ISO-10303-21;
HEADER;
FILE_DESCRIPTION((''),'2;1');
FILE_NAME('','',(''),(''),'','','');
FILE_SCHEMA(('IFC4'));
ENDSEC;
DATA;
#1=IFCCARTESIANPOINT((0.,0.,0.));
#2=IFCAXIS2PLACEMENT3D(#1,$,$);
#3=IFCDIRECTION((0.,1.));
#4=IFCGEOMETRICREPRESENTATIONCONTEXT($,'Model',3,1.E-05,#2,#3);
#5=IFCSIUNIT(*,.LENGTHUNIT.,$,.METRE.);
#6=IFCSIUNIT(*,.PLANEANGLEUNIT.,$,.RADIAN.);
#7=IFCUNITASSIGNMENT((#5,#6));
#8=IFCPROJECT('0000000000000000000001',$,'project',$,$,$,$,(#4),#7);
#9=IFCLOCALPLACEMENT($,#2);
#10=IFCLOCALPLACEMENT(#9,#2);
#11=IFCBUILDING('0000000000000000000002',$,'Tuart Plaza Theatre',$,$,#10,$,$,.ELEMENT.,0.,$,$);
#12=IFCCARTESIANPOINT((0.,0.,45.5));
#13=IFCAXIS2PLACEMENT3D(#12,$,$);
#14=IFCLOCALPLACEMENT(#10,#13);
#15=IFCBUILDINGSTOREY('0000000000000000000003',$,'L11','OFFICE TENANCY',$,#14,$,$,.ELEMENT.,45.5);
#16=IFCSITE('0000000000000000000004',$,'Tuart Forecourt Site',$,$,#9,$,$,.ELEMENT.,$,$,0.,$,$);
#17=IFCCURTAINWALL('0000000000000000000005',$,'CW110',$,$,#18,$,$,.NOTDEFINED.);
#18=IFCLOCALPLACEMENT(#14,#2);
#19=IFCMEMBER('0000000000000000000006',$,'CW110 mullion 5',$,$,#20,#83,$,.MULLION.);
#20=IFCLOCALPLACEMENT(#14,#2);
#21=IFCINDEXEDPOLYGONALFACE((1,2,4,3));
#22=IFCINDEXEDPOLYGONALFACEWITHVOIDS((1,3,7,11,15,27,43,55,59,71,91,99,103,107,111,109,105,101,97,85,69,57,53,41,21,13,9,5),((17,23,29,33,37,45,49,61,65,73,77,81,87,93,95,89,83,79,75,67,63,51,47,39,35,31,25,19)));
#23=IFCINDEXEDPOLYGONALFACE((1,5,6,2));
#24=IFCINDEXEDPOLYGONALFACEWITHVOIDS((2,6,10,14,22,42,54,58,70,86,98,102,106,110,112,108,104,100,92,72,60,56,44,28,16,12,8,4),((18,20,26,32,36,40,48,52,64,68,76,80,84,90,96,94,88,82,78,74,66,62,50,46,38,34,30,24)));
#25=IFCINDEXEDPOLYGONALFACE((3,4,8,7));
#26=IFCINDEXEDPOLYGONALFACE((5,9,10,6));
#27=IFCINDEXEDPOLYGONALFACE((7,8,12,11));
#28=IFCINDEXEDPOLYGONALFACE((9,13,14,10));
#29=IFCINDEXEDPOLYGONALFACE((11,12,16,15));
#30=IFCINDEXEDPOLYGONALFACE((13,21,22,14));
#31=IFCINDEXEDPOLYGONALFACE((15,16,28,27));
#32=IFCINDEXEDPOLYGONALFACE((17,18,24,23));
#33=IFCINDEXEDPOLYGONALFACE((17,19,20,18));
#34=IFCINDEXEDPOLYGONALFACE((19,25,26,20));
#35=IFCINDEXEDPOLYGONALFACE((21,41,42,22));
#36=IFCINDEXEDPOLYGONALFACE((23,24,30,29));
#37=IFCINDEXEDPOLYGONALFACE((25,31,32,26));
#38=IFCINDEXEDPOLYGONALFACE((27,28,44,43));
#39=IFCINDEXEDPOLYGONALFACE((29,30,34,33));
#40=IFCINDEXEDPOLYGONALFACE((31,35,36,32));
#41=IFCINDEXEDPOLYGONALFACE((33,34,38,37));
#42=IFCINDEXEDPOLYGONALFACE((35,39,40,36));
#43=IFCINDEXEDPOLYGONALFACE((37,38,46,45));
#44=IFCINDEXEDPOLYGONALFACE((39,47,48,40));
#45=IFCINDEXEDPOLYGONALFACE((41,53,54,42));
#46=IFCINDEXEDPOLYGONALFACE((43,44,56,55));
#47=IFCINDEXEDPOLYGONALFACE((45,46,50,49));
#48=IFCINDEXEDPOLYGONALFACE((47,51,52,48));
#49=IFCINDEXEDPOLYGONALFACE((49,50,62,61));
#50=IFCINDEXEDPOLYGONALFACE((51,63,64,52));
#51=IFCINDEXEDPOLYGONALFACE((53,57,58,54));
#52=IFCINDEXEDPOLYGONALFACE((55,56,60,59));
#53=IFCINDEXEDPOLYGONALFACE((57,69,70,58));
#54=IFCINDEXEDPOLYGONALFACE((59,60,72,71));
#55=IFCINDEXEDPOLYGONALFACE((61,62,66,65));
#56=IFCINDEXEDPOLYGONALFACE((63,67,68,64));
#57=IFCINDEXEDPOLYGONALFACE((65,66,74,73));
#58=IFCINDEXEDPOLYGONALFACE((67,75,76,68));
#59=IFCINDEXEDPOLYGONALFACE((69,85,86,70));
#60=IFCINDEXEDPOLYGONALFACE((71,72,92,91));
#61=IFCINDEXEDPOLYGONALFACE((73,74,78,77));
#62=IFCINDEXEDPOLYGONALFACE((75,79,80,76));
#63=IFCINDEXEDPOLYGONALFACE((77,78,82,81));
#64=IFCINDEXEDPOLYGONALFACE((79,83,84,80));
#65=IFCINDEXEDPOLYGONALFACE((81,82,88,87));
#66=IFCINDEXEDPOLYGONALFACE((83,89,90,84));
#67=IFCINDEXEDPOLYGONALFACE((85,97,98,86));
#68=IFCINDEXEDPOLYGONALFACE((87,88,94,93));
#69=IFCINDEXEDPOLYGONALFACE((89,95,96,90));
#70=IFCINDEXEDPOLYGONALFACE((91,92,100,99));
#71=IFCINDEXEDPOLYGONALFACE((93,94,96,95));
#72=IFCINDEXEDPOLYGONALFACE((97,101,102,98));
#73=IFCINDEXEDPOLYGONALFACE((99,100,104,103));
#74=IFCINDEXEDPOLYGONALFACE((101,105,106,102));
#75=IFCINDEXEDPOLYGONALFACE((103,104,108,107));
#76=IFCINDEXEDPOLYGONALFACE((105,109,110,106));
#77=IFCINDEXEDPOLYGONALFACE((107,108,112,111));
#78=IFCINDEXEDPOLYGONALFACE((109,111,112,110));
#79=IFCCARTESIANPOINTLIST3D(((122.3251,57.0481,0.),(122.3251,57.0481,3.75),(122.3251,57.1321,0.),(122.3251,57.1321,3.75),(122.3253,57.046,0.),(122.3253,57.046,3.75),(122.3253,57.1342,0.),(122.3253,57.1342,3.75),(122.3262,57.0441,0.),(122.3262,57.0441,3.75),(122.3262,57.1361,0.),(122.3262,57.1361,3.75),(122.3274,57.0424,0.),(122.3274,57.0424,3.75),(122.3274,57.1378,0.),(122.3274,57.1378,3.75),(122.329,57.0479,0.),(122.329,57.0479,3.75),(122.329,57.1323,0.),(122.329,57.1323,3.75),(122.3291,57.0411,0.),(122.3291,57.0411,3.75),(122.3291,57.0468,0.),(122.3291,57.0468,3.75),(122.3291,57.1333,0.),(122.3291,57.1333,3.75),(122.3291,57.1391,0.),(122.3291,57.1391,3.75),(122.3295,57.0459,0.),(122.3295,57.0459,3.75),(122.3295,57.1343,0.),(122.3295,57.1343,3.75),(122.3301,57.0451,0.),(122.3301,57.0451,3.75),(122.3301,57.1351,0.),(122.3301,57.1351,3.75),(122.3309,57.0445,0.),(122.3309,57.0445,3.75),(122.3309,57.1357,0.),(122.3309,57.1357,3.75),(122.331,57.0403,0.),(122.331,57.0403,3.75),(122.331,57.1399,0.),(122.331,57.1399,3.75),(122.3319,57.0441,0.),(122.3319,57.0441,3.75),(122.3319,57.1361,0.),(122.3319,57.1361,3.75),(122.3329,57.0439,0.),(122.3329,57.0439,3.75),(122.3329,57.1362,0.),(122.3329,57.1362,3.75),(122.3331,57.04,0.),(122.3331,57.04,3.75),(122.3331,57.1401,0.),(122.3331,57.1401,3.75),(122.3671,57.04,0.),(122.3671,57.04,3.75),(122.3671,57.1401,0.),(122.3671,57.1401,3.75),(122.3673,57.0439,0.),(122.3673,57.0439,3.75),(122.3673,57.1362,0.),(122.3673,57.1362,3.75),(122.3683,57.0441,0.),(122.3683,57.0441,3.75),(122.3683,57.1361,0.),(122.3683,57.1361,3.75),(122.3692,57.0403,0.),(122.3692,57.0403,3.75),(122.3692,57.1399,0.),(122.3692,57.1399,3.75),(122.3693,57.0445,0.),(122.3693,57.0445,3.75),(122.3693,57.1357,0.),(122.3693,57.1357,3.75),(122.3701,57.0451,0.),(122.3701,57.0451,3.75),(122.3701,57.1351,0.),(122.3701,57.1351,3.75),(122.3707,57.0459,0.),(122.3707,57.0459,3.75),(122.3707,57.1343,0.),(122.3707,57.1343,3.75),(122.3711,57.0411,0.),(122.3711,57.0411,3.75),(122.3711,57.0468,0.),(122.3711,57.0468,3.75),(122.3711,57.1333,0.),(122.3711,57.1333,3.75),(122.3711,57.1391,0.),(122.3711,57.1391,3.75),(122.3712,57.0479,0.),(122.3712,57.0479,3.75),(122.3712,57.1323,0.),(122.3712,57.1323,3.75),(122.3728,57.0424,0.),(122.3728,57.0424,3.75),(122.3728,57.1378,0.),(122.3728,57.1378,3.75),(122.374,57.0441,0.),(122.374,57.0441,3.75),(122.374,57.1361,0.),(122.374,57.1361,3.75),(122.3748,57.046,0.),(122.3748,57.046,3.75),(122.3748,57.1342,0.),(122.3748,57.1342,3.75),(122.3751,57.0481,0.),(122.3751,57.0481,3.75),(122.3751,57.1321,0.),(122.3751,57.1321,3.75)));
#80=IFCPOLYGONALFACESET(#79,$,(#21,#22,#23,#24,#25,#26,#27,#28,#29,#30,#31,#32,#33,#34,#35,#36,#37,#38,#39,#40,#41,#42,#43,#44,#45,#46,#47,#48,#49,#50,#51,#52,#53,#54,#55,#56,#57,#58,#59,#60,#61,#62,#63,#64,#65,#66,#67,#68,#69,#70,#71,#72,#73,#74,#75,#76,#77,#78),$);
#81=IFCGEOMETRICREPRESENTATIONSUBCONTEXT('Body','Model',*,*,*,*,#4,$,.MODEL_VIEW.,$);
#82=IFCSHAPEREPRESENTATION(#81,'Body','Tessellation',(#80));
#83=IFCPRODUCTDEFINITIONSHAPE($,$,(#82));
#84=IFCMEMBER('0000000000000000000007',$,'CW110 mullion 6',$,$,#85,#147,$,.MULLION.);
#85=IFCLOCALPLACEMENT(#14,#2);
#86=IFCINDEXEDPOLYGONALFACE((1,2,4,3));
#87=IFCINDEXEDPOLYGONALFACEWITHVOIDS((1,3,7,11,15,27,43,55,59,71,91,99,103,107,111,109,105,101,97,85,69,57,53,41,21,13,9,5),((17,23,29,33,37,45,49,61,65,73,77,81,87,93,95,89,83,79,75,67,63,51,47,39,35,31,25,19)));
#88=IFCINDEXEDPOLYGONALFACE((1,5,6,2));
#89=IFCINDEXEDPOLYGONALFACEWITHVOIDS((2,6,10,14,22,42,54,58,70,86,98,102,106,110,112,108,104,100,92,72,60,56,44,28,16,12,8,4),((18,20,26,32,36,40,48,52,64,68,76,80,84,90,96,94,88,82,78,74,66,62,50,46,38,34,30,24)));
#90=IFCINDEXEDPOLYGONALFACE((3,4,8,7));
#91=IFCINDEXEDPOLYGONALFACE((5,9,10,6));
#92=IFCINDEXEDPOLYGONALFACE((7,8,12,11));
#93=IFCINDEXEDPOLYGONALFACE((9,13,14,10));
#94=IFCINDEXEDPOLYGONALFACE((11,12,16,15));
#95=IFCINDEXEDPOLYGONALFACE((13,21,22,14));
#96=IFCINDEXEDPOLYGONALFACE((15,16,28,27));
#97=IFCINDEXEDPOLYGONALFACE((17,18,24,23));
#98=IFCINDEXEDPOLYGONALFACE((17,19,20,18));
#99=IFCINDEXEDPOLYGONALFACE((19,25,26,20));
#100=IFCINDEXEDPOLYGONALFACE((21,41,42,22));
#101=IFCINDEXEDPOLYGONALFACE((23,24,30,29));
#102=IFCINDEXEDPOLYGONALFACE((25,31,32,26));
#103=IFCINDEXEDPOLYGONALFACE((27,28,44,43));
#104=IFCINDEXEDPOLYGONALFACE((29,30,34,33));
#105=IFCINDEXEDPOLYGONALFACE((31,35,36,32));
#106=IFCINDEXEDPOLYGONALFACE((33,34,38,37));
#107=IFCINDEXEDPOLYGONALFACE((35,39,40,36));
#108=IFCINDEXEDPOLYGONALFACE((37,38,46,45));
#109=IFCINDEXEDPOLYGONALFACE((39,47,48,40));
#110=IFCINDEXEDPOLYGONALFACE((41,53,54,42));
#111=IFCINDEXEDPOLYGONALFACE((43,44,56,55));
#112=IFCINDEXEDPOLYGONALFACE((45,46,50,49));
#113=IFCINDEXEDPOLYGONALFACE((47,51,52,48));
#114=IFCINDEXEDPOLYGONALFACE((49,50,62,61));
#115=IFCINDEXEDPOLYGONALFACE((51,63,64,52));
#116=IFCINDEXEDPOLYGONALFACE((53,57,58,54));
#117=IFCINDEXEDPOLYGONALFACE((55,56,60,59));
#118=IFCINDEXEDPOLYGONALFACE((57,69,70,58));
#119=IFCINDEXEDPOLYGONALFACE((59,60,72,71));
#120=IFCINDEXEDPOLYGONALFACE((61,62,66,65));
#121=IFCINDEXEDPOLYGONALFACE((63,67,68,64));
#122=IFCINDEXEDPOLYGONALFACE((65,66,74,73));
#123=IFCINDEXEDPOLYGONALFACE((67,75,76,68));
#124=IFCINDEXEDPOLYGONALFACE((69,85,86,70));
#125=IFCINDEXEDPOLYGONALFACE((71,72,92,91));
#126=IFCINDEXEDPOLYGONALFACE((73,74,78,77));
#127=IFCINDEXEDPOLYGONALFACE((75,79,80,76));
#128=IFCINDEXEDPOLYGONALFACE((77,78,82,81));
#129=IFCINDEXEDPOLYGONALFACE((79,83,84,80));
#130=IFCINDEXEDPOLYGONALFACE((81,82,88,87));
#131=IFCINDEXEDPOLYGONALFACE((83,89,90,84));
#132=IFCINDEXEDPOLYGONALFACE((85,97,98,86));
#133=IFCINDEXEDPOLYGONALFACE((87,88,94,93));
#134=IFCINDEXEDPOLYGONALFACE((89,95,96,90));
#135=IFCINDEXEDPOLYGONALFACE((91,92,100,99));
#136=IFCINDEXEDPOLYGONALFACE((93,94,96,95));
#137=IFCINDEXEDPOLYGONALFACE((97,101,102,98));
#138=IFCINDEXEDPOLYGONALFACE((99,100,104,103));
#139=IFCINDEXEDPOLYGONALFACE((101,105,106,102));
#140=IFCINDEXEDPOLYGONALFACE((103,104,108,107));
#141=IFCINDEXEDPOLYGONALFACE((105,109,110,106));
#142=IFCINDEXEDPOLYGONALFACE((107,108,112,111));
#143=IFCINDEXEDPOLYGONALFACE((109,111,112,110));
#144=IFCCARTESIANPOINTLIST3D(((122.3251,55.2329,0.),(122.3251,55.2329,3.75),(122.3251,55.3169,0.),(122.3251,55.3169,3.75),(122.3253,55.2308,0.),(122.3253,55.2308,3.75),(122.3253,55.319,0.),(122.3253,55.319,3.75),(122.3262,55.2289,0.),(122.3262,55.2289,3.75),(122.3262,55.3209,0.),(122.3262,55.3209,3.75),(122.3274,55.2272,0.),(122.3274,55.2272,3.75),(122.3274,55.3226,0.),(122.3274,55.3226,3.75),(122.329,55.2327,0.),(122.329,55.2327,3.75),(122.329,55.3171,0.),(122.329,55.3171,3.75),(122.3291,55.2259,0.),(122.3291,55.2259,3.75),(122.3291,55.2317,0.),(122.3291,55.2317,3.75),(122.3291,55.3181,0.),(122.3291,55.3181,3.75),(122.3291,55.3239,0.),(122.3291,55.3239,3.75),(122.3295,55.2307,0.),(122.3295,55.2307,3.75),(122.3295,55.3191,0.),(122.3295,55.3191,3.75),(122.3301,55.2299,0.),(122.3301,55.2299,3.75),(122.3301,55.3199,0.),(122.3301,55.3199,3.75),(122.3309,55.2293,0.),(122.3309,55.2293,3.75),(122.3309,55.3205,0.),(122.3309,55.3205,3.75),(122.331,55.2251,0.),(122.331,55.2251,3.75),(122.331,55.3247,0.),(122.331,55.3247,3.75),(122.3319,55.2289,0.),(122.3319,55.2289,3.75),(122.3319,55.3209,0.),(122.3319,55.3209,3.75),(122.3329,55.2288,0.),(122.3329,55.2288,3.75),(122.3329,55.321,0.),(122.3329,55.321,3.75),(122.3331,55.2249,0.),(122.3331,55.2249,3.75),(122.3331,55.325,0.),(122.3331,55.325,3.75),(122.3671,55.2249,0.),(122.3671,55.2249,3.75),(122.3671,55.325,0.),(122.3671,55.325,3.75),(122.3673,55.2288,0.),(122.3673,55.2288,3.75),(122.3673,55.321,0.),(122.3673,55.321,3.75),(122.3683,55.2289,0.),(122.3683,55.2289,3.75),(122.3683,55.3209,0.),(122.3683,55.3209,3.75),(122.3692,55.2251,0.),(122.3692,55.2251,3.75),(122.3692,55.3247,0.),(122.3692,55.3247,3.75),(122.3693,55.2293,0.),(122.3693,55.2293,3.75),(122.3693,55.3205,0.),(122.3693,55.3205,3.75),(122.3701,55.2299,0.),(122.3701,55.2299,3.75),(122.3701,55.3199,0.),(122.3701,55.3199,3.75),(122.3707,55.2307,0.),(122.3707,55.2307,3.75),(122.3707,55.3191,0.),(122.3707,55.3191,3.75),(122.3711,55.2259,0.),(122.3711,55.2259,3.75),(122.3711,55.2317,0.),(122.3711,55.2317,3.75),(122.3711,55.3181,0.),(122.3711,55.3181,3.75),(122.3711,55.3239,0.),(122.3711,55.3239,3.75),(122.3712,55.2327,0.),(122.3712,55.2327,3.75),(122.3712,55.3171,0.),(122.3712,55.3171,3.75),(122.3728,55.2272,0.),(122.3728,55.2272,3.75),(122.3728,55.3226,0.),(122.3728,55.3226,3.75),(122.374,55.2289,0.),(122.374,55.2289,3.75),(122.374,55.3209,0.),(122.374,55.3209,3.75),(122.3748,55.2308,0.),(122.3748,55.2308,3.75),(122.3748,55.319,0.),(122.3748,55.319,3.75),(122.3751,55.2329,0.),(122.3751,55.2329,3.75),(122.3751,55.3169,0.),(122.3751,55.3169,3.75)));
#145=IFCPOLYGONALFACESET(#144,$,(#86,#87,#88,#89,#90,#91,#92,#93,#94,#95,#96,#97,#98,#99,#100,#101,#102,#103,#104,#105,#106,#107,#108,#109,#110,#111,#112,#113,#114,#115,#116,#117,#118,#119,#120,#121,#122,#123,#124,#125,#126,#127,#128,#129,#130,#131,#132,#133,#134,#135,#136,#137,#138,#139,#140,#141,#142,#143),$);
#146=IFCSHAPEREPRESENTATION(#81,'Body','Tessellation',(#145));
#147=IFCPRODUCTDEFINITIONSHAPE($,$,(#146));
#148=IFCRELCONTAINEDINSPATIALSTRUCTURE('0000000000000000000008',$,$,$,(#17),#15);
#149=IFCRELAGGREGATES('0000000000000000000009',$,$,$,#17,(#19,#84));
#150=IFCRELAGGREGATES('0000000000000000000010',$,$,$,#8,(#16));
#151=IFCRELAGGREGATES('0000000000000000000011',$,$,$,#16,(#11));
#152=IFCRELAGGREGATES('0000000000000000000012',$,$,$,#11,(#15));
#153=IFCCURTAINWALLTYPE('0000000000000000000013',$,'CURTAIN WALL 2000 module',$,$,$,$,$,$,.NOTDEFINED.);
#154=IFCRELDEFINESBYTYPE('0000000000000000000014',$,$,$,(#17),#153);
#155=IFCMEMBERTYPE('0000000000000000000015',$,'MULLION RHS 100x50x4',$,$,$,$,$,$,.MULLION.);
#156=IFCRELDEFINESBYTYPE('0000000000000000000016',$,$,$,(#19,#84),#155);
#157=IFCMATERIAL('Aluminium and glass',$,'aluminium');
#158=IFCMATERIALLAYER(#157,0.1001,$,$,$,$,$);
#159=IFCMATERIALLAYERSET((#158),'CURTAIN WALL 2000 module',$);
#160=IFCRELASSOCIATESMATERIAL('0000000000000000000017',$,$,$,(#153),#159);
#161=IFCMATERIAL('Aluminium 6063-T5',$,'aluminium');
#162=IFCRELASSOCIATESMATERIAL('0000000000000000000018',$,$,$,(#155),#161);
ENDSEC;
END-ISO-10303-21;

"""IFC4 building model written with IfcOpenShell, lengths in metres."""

from ifc_helpers import new_model, si_unit, direction, frame, origin, origin_2d, place, context, subcontext, project, spatial, hollow_rectangle, extrude, material, layer, layer_set, material_profile, profile_set, type_object, element, aggregate, save


model = new_model("IFC4")

# Units and contexts
model_context = context("Model", 3, precision=1e-05, world=origin(), true_north=direction((0.0, 1.0)))
body_context = subcontext(model_context, "Body", "Model", "MODEL_VIEW")
ifc_project = project(units=[si_unit("LENGTHUNIT", "METRE"), si_unit("PLANEANGLEUNIT", "RADIAN")], contexts=[model_context])

# Site, building, storey
site_placement = place(None, origin())
site = spatial("IfcSite", under=ifc_project, at=site_placement, Name="Tuart Forecourt Site", CompositionType="ELEMENT", RefElevation=0.0)
building_placement = place(site_placement, origin())
building = spatial("IfcBuilding", under=site, at=building_placement, Name="Tuart Plaza Theatre", CompositionType="ELEMENT", ElevationOfRefHeight=0.0)
storey_placement = place(building_placement, frame((0.0, 0.0, 45.5)))
storey = spatial("IfcBuildingStorey", under=building, at=storey_placement, Name="L11", Description="OFFICE TENANCY", CompositionType="ELEMENT", Elevation=45.5)

# Curtain wall, members
ifc_material_1 = material(Name="Aluminium and glass", Category="aluminium")
ifc_layer_1 = layer(ifc_material_1, 0.1001)
ifc_layer_set_1 = layer_set([ifc_layer_1], Name="CURTAIN WALL 2000 module")
curtain_wall_type = type_object("IfcCurtainWallType", Name="CURTAIN WALL 2000 module", PredefinedType="NOTDEFINED", material=ifc_layer_set_1)
curtain_wall_placement = place(storey_placement, origin())
curtain_wall = element("IfcCurtainWall", 1, at=curtain_wall_placement, inside=storey, type_object=curtain_wall_type, Name="CW110", PredefinedType="NOTDEFINED")
ifc_material_2 = material(Name="Aluminium 6063-T5", Category="aluminium")
ifc_material_profile_1 = material_profile(ifc_material_2, hollow_rectangle(XDim=0.05, YDim=0.1001, WallThickness=0.0039, InnerFilletRadius=0.0039, OuterFilletRadius=0.0081, at=origin_2d()), Name="RHS 100x50x4")
ifc_profile_set_1 = profile_set([ifc_material_profile_1], Name="Aluminium 6063-T5")
member_type_1 = type_object("IfcMemberType", Name="MULLION RHS 100x50x4", PredefinedType="MULLION", material=ifc_profile_set_1)
member_1_placement = place(storey_placement, frame((122.3501, 57.0901, 0.0), z_axis=(0.0, 0.0, 1.0), x_axis=(1.0, 0.0, 0.0)))
member_1 = element("IfcMember", 2, at=member_1_placement, type_object=member_type_1, Name="CW110 mullion 5", PredefinedType="MULLION", context=body_context, shape_type="SweptSolid", body=[
    extrude(hollow_rectangle(XDim=0.05, YDim=0.1001, WallThickness=0.0039, InnerFilletRadius=0.0039, OuterFilletRadius=0.0081, at=origin_2d()), origin(), (0.0, 0.0, 1.0), 3.75),
])
member_2_placement = place(storey_placement, frame((122.3501, 55.2749, 0.0), z_axis=(0.0, 0.0, 1.0), x_axis=(1.0, 0.0, 0.0)))
member_2 = element("IfcMember", 3, at=member_2_placement, type_object=member_type_1, Name="CW110 mullion 6", PredefinedType="MULLION", context=body_context, shape_type="SweptSolid", body=[
    extrude(hollow_rectangle(XDim=0.05, YDim=0.1001, WallThickness=0.0039, InnerFilletRadius=0.0039, OuterFilletRadius=0.0081, at=origin_2d()), origin(), (0.0, 0.0, 1.0), 3.75),
])
aggregate(curtain_wall, [member_1, member_2])

save(model, "model.ifc")
